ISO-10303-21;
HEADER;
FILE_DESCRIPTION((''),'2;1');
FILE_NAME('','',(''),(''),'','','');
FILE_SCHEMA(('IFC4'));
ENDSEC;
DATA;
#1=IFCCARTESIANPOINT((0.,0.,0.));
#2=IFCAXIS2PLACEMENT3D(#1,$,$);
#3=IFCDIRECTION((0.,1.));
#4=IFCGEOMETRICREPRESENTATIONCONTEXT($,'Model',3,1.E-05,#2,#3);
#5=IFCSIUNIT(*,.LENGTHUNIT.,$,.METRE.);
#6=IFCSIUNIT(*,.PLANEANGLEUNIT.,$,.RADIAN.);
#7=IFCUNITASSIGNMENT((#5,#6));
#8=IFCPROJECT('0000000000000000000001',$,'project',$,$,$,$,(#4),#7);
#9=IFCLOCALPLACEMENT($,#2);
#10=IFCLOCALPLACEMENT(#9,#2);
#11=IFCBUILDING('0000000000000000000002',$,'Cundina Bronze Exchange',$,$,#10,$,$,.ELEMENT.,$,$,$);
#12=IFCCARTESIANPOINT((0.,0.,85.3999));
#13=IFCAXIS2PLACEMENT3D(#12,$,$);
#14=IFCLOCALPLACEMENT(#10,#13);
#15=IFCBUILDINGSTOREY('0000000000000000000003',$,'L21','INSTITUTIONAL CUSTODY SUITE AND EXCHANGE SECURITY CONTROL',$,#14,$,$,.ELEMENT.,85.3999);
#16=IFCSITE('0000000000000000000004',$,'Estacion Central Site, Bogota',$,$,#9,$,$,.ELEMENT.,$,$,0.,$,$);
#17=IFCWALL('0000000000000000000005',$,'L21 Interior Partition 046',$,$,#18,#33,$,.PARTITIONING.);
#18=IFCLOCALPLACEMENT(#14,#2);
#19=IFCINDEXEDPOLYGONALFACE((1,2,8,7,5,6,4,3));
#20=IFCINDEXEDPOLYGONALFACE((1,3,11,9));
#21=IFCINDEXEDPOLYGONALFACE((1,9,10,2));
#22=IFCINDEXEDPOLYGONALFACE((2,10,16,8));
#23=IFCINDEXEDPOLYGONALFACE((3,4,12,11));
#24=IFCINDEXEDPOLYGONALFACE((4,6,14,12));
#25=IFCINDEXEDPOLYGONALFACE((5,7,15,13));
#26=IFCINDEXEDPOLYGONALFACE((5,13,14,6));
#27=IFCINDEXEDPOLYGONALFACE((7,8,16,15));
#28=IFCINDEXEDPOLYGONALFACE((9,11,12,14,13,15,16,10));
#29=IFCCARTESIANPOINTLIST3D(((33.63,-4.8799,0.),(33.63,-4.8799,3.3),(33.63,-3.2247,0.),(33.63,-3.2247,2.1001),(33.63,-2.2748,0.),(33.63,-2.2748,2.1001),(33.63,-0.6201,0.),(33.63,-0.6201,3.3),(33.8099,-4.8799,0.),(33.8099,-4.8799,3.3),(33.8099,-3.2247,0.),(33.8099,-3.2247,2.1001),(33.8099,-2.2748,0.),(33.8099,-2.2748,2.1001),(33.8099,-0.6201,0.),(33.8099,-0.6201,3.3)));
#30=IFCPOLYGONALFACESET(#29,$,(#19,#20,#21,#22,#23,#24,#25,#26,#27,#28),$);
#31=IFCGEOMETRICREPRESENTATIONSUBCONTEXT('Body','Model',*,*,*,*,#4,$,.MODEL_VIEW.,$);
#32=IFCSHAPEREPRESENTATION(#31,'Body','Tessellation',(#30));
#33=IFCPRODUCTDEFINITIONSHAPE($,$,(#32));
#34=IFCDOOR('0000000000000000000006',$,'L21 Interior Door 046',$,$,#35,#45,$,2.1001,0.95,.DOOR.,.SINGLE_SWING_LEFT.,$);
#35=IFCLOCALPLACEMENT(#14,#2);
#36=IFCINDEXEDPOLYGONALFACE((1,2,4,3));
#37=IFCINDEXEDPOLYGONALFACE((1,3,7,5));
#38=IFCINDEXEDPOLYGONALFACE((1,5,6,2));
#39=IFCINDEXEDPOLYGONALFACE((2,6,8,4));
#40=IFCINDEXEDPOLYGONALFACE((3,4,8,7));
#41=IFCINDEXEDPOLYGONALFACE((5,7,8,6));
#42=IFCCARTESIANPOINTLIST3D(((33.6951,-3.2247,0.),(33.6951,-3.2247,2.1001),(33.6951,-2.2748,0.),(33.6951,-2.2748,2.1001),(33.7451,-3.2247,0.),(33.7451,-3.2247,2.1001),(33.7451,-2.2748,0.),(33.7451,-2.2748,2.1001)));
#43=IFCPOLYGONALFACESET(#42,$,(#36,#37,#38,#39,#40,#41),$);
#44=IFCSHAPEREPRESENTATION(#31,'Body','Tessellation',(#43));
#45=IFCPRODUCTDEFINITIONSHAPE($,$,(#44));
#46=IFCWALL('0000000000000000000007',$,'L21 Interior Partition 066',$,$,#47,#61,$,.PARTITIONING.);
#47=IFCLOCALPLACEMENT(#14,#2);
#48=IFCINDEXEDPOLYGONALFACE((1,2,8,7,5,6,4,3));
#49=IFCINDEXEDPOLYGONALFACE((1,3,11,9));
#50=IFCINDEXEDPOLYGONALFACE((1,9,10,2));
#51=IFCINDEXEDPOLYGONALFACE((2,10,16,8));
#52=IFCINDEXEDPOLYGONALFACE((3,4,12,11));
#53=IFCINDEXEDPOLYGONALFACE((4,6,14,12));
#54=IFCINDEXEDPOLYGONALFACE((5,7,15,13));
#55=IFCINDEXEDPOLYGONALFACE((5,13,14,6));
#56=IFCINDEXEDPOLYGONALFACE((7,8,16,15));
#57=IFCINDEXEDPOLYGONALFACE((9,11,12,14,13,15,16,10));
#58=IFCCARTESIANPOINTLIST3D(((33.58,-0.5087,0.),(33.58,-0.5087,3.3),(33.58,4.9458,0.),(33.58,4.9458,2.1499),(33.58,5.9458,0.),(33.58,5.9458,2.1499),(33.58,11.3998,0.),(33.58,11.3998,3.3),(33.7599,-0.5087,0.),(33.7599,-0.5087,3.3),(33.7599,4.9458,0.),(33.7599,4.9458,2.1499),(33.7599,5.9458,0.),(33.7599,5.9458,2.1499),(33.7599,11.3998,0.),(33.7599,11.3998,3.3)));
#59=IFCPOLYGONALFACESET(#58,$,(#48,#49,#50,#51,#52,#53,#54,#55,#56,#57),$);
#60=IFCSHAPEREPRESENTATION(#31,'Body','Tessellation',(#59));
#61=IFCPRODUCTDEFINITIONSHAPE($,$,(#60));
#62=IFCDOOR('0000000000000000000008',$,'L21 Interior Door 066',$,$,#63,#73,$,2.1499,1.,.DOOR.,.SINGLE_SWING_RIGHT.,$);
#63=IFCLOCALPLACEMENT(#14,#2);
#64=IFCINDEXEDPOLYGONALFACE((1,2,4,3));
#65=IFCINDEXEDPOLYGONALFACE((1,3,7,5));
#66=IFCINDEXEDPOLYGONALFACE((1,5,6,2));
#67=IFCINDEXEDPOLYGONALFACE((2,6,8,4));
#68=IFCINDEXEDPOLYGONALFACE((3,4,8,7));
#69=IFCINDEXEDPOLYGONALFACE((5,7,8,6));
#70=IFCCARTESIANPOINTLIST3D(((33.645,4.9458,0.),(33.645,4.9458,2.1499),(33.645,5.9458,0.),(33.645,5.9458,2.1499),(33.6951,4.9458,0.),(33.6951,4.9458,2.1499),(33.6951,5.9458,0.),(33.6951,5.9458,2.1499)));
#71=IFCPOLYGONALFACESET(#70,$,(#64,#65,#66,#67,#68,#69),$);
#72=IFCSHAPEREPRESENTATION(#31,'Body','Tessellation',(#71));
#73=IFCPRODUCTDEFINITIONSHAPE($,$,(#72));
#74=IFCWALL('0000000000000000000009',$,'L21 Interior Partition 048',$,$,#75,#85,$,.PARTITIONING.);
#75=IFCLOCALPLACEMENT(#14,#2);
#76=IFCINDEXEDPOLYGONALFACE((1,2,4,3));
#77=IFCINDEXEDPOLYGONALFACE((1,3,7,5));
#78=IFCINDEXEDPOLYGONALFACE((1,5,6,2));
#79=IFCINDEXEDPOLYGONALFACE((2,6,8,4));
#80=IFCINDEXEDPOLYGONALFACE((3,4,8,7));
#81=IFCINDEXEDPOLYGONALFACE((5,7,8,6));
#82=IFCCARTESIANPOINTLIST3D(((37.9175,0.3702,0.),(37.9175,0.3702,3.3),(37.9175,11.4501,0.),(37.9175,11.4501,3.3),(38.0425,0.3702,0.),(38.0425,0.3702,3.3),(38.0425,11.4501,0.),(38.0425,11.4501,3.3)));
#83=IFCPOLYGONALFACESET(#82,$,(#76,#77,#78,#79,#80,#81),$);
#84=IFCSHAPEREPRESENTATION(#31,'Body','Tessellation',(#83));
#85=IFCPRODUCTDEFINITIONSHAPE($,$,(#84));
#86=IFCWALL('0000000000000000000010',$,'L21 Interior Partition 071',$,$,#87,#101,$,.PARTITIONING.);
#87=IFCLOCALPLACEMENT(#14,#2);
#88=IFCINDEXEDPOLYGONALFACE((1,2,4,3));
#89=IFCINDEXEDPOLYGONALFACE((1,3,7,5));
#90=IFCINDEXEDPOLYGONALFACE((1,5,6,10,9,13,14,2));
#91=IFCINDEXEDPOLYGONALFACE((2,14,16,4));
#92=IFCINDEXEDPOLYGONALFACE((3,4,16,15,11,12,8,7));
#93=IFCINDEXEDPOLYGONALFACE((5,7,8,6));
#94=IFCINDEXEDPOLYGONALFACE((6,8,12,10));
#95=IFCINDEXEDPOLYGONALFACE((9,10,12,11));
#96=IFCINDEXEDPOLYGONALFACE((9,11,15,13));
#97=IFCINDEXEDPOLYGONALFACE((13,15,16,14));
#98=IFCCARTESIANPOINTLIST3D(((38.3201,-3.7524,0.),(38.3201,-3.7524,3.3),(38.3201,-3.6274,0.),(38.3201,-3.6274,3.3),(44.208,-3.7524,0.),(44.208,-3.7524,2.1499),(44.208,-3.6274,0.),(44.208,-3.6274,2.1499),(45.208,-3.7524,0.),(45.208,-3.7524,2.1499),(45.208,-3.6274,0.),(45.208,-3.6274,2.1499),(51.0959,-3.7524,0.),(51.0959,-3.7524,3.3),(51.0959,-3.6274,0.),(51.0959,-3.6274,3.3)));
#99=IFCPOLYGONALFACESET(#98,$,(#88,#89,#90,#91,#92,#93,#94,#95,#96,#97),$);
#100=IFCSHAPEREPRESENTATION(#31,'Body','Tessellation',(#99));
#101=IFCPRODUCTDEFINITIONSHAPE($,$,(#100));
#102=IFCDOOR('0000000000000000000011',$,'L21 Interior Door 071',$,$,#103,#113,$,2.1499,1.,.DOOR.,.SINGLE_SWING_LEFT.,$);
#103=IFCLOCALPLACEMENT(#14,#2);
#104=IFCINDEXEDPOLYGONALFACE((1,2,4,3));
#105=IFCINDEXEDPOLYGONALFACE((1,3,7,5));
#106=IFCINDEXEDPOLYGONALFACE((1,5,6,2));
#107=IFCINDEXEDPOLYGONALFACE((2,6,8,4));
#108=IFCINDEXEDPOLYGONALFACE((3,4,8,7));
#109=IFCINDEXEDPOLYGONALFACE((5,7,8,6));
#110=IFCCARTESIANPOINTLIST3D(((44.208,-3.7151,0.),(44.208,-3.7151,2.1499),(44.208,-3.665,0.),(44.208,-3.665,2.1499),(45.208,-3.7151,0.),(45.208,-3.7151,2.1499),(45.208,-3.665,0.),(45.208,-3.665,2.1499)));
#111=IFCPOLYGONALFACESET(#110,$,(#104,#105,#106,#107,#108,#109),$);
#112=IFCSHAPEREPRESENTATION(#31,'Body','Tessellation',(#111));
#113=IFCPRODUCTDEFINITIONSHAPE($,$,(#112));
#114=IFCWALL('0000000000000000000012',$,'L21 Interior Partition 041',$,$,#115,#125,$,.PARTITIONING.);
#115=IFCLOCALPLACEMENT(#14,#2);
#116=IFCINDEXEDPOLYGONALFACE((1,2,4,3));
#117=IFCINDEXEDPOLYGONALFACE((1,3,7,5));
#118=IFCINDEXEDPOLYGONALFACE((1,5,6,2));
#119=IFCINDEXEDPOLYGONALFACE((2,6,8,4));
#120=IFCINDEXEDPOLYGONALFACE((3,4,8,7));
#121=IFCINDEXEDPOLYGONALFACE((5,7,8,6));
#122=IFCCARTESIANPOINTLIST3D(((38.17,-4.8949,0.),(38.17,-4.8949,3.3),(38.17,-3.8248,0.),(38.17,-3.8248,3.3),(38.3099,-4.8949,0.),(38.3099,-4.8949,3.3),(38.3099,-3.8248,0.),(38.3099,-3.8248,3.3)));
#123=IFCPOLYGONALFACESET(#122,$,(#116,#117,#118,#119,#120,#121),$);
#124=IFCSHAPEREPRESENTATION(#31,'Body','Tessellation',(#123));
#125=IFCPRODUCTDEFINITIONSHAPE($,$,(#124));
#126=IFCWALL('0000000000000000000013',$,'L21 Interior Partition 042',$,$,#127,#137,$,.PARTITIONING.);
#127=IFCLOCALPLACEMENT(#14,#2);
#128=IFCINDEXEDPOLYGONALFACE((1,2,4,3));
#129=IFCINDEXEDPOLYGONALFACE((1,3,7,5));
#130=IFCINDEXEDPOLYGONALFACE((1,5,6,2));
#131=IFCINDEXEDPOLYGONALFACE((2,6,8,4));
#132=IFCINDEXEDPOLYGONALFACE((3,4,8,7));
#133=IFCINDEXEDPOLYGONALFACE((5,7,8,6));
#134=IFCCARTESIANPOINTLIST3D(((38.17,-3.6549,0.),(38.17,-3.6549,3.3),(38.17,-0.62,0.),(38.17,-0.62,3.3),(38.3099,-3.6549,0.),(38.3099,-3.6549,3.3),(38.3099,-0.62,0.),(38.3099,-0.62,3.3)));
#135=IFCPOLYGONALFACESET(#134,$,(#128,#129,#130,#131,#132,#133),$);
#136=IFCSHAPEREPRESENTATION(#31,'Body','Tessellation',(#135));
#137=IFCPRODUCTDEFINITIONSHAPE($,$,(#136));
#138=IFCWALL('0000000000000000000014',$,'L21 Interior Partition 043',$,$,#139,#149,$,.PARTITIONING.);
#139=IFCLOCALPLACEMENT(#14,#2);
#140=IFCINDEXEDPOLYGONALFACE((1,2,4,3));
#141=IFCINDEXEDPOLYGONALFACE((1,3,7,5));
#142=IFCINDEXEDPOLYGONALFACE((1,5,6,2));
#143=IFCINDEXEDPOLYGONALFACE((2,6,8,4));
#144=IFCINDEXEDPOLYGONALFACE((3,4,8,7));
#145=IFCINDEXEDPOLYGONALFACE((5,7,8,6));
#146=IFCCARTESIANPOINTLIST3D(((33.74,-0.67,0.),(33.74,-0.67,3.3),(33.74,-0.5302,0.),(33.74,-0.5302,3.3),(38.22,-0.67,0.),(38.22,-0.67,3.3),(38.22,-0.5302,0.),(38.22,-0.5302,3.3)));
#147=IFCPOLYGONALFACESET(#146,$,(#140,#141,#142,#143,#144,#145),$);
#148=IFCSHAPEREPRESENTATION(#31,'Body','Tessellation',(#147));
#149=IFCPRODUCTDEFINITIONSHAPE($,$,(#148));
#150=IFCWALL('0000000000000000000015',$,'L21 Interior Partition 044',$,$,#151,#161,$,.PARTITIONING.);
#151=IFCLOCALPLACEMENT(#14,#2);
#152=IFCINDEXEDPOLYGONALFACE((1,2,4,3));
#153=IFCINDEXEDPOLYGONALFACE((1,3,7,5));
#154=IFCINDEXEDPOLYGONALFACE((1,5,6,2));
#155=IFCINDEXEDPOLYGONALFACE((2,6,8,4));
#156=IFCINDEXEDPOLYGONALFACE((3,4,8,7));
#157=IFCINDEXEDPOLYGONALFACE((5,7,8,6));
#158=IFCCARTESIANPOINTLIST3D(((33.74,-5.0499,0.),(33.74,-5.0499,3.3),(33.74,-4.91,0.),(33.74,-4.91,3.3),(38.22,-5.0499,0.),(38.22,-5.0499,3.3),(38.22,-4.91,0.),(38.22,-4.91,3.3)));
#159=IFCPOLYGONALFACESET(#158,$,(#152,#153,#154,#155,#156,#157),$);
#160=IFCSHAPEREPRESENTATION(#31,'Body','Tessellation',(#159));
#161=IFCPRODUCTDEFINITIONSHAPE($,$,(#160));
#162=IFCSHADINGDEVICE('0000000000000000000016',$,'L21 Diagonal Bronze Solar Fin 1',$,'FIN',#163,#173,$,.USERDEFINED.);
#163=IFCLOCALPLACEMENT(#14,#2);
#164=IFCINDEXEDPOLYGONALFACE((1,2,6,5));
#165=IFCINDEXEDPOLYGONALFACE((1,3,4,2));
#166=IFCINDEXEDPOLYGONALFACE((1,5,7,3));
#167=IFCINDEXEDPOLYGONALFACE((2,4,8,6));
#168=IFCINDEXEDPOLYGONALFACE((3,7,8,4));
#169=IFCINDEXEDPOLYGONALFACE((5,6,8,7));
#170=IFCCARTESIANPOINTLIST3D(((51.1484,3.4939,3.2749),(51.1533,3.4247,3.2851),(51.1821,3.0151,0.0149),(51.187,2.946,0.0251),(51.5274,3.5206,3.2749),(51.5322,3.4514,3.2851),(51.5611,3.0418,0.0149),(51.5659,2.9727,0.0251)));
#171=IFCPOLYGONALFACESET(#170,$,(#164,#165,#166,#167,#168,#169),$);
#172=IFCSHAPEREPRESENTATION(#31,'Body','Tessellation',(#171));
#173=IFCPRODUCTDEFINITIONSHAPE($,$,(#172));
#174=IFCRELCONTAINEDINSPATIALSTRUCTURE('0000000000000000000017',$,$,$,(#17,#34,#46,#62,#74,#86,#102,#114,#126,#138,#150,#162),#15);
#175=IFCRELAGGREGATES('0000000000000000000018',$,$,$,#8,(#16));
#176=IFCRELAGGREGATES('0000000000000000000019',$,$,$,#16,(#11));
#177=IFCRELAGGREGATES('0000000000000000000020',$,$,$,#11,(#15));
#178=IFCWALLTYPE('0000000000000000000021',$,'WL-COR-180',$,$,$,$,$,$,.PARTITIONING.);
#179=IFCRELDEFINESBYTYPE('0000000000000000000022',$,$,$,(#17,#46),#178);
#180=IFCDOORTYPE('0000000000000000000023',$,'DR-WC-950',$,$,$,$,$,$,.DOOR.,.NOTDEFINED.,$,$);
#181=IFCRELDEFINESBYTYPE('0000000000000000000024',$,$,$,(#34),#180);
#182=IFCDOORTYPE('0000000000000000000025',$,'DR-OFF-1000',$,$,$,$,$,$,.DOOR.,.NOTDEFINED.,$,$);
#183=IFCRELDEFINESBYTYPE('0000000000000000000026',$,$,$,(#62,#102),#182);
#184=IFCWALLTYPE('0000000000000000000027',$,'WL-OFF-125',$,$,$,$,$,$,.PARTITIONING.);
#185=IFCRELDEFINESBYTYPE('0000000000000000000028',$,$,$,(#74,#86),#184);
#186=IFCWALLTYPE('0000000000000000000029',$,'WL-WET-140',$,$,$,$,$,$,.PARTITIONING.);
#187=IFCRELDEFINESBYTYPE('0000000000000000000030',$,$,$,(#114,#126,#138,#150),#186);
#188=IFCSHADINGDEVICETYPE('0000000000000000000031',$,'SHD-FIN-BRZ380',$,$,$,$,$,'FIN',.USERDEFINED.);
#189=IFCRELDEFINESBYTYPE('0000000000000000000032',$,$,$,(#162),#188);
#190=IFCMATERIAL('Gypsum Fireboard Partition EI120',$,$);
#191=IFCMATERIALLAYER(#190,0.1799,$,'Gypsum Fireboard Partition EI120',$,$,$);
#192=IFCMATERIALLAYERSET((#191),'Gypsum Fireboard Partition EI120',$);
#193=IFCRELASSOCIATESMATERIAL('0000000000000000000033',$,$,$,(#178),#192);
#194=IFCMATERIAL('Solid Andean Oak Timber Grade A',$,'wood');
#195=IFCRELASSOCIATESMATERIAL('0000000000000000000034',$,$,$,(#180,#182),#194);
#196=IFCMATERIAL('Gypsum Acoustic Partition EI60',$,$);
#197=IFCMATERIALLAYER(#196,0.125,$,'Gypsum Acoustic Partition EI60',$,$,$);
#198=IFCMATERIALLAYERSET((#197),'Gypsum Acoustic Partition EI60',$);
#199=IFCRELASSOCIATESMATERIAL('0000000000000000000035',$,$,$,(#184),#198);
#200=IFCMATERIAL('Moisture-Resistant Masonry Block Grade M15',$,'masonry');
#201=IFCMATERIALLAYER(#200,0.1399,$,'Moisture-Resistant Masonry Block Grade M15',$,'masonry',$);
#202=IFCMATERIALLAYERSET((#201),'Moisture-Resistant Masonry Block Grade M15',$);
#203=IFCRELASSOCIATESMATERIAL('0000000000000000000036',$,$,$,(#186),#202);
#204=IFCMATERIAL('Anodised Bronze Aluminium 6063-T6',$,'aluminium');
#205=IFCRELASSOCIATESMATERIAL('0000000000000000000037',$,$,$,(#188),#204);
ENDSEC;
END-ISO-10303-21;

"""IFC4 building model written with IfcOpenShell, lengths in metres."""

from ifc_helpers import new_model, si_unit, direction, frame, frame_2d, origin, origin_2d, place, context, subcontext, project, spatial, rectangle, extrude, material, layer, layer_set, material_profile, profile_set, type_object, element, fill, save


model = new_model("IFC4")

# Units and contexts
model_context = context("Model", 3, precision=1e-05, world=origin(), true_north=direction((0.0, 1.0)))
body_context = subcontext(model_context, "Body", "Model", "MODEL_VIEW")
ifc_project = project(units=[si_unit("LENGTHUNIT", "METRE"), si_unit("PLANEANGLEUNIT", "RADIAN")], contexts=[model_context])

# Site, building, storey
site_placement = place(None, origin())
site = spatial("IfcSite", under=ifc_project, at=site_placement, Name="Estacion Central Site, Bogota", CompositionType="ELEMENT", RefElevation=0.0)
building_placement = place(site_placement, origin())
building = spatial("IfcBuilding", under=site, at=building_placement, Name="Cundina Bronze Exchange", CompositionType="ELEMENT")
storey_placement = place(building_placement, frame((0.0, 0.0, 85.3999)))
storey = spatial("IfcBuildingStorey", under=building, at=storey_placement, Name="L21", Description="INSTITUTIONAL CUSTODY SUITE AND EXCHANGE SECURITY CONTROL", CompositionType="ELEMENT", Elevation=85.3999)

# Shared definitions
ifc_material_1 = material(Name="Anodised Bronze Aluminium 6063-T6", Category="aluminium")

# Walls, openings, doors
ifc_material_2 = material(Name="Gypsum Fireboard Partition EI120")
ifc_layer_1 = layer(ifc_material_2, 0.1799, Name="Gypsum Fireboard Partition EI120")
ifc_layer_set_1 = layer_set([ifc_layer_1], Name="Gypsum Fireboard Partition EI120")
wall_type_1 = type_object("IfcWallType", Name="WL-COR-180", PredefinedType="PARTITIONING", material=ifc_layer_set_1)
wall_1_placement = place(storey_placement, frame((33.72, -4.8799, 0.0), z_axis=(0.0, 0.0, 1.0), x_axis=(0.0, 1.0, 0.0)))
wall_1 = element("IfcWall", 1, at=wall_1_placement, inside=storey, type_object=wall_type_1, Name="L21 Interior Partition 046", PredefinedType="PARTITIONING", context=body_context, shape_type="SweptSolid", body=[
    extrude(rectangle(XDim=4.2598, YDim=0.1799, at=frame_2d((2.1299, 0.0))), origin(), (0.0, 0.0, 1.0), 3.3),
])
opening_1_placement = place(wall_1_placement, frame((1.655, 0.0, 0.0)))
opening_1 = element("IfcOpeningElement", 2, at=opening_1_placement, cuts=wall_1, PredefinedType="OPENING", context=body_context, shape_type="SweptSolid", body=[
    extrude(rectangle(XDim=0.95, YDim=2.1001, at=frame_2d((0.4751, 1.05))), frame((0.0, 0.0999, 0.0), z_axis=(0.0, -1.0, 0.0), x_axis=(1.0, 0.0, 0.0)), (0.0, 0.0, 1.0), 0.2),
])
ifc_material_3 = material(Name="Solid Andean Oak Timber Grade A", Category="wood")
door_type_1 = type_object("IfcDoorType", Name="DR-WC-950", OperationType="NOTDEFINED", PredefinedType="DOOR", material=ifc_material_3)
door_1_placement = place(opening_1_placement, origin())
door_1 = element("IfcDoor", 3, at=door_1_placement, inside=storey, type_object=door_type_1, Name="L21 Interior Door 046", OperationType="SINGLE_SWING_LEFT", OverallHeight=2.1001, OverallWidth=0.95, PredefinedType="DOOR", context=body_context, shape_type="SweptSolid", body=[
    extrude(rectangle(XDim=0.95, YDim=2.1001, at=frame_2d((0.4751, 1.05))), frame((0.0, 0.0249, 0.0), z_axis=(0.0, -1.0, 0.0), x_axis=(1.0, 0.0, 0.0)), (0.0, 0.0, 1.0), 0.05),
])
fill(opening_1, door_1)
wall_2_placement = place(storey_placement, frame((33.6699, -0.5085, 0.0), z_axis=(0.0, 0.0, 1.0), x_axis=(0.0, 1.0, 0.0)))
wall_2 = element("IfcWall", 4, at=wall_2_placement, inside=storey, type_object=wall_type_1, Name="L21 Interior Partition 066", PredefinedType="PARTITIONING", context=body_context, shape_type="SweptSolid", body=[
    extrude(rectangle(XDim=11.9084, YDim=0.1799, at=frame_2d((5.9541, 0.0))), origin(), (0.0, 0.0, 1.0), 3.3),
])
opening_2_placement = place(wall_2_placement, frame((5.4543, 0.0, 0.0)))
opening_2 = element("IfcOpeningElement", 5, at=opening_2_placement, cuts=wall_2, PredefinedType="OPENING", context=body_context, shape_type="SweptSolid", body=[
    extrude(rectangle(XDim=1.0, YDim=2.1499, at=frame_2d((0.5, 1.075))), frame((0.0, 0.0999, 0.0), z_axis=(0.0, -1.0, 0.0), x_axis=(1.0, 0.0, 0.0)), (0.0, 0.0, 1.0), 0.2),
])
door_type_2 = type_object("IfcDoorType", Name="DR-OFF-1000", OperationType="NOTDEFINED", PredefinedType="DOOR", material=ifc_material_3)
door_2_placement = place(opening_2_placement, origin())
door_2 = element("IfcDoor", 6, at=door_2_placement, inside=storey, type_object=door_type_2, Name="L21 Interior Door 066", OperationType="SINGLE_SWING_RIGHT", OverallHeight=2.1499, OverallWidth=1.0, PredefinedType="DOOR", context=body_context, shape_type="SweptSolid", body=[
    extrude(rectangle(XDim=1.0, YDim=2.1499, at=frame_2d((0.5, 1.075))), frame((0.0, 0.0249, 0.0), z_axis=(0.0, -1.0, 0.0), x_axis=(1.0, 0.0, 0.0)), (0.0, 0.0, 1.0), 0.05),
])
fill(opening_2, door_2)

# Wall
ifc_material_4 = material(Name="Gypsum Acoustic Partition EI60")
ifc_layer_2 = layer(ifc_material_4, 0.125, Name="Gypsum Acoustic Partition EI60")
ifc_layer_set_2 = layer_set([ifc_layer_2], Name="Gypsum Acoustic Partition EI60")
wall_type_2 = type_object("IfcWallType", Name="WL-OFF-125", PredefinedType="PARTITIONING", material=ifc_layer_set_2)
wall_3_placement = place(storey_placement, frame((37.98, 0.3701, 0.0), z_axis=(0.0, 0.0, 1.0), x_axis=(0.0, 1.0, 0.0)))
element("IfcWall", 7, at=wall_3_placement, inside=storey, type_object=wall_type_2, Name="L21 Interior Partition 048", PredefinedType="PARTITIONING", context=body_context, shape_type="SweptSolid", body=[
    extrude(rectangle(XDim=11.0798, YDim=0.125, at=frame_2d((5.54, 0.0))), origin(), (0.0, 0.0, 1.0), 3.3),
])

# Wall, opening, door
wall_4_placement = place(storey_placement, frame((38.3201, -3.6899, 0.0), z_axis=(0.0, 0.0, 1.0), x_axis=(1.0, 0.0, 0.0)))
wall_4 = element("IfcWall", 8, at=wall_4_placement, inside=storey, type_object=wall_type_2, Name="L21 Interior Partition 071", PredefinedType="PARTITIONING", context=body_context, shape_type="SweptSolid", body=[
    extrude(rectangle(XDim=12.7759, YDim=0.125, at=frame_2d((6.3879, 0.0))), origin(), (0.0, 0.0, 1.0), 3.3),
])
opening_3_placement = place(wall_4_placement, frame((5.8879, 0.0, 0.0)))
opening_3 = element("IfcOpeningElement", 9, at=opening_3_placement, cuts=wall_4, PredefinedType="OPENING", context=body_context, shape_type="SweptSolid", body=[
    extrude(rectangle(XDim=1.0, YDim=2.1499, at=frame_2d((0.5, 1.075))), frame((0.0, 0.0725, 0.0), z_axis=(0.0, -1.0, 0.0), x_axis=(1.0, 0.0, 0.0)), (0.0, 0.0, 1.0), 0.145),
])
door_3_placement = place(opening_3_placement, origin())
door_3 = element("IfcDoor", 10, at=door_3_placement, inside=storey, type_object=door_type_2, Name="L21 Interior Door 071", OperationType="SINGLE_SWING_LEFT", OverallHeight=2.1499, OverallWidth=1.0, PredefinedType="DOOR", context=body_context, shape_type="SweptSolid", body=[
    extrude(rectangle(XDim=1.0, YDim=2.1499, at=frame_2d((0.5, 1.075))), frame((0.0, 0.0249, 0.0), z_axis=(0.0, -1.0, 0.0), x_axis=(1.0, 0.0, 0.0)), (0.0, 0.0, 1.0), 0.05),
])
fill(opening_3, door_3)

# Walls
ifc_material_5 = material(Name="Moisture-Resistant Masonry Block Grade M15", Category="masonry")
ifc_layer_3 = layer(ifc_material_5, 0.1399, Name="Moisture-Resistant Masonry Block Grade M15", Category="masonry")
ifc_layer_set_3 = layer_set([ifc_layer_3], Name="Moisture-Resistant Masonry Block Grade M15")
wall_type_3 = type_object("IfcWallType", Name="WL-WET-140", PredefinedType="PARTITIONING", material=ifc_layer_set_3)
wall_5_placement = place(storey_placement, frame((38.24, -4.895, 0.0), z_axis=(0.0, 0.0, 1.0), x_axis=(0.0, 1.0, 0.0)))
element("IfcWall", 11, at=wall_5_placement, inside=storey, type_object=wall_type_3, Name="L21 Interior Partition 041", PredefinedType="PARTITIONING", context=body_context, shape_type="SweptSolid", body=[
    extrude(rectangle(XDim=1.0701, YDim=0.1399, at=frame_2d((0.5352, 0.0))), origin(), (0.0, 0.0, 1.0), 3.3),
])
wall_6_placement = place(storey_placement, frame((38.24, -3.655, 0.0), z_axis=(0.0, 0.0, 1.0), x_axis=(0.0, 1.0, 0.0)))
element("IfcWall", 12, at=wall_6_placement, inside=storey, type_object=wall_type_3, Name="L21 Interior Partition 042", PredefinedType="PARTITIONING", context=body_context, shape_type="SweptSolid", body=[
    extrude(rectangle(XDim=3.0349, YDim=0.1399, at=frame_2d((1.5176, 0.0))), origin(), (0.0, 0.0, 1.0), 3.3),
])
for number, where, z_axis, x_axis, name in (
    (13, (33.74, -0.6001, 0.0), (0.0, 0.0, 1.0), (1.0, 0.0, 0.0), "L21 Interior Partition 043"),
    (14, (33.74, -4.98, 0.0), (0.0, 0.0, 1.0), (1.0, 0.0, 0.0), "L21 Interior Partition 044"),
):
    element("IfcWall", number, at=place(storey_placement, frame(where, z_axis=z_axis, x_axis=x_axis)), inside=storey, type_object=wall_type_3, Name=name, PredefinedType="PARTITIONING", context=body_context, shape_type="SweptSolid", body=[
        extrude(rectangle(XDim=4.48, YDim=0.1399, at=frame_2d((2.24, 0.0))), origin(), (0.0, 0.0, 1.0), 3.3),
    ])

# Shading device
ifc_material_profile_1 = material_profile(ifc_material_1, rectangle(XDim=0.0701, YDim=0.3799, at=origin_2d()), Name="FIN70X380", Category="aluminium")
ifc_profile_set_1 = profile_set([ifc_material_profile_1], Name="Anodised Bronze Aluminium 6063-T6")
shading_device_type = type_object("IfcShadingDeviceType", Name="SHD-FIN-BRZ380", ElementType="FIN", PredefinedType="USERDEFINED", material=ifc_profile_set_1)
shading_device_placement = place(storey_placement, frame((51.374, 2.9939, 0.02), z_axis=(-0.010225, 0.145292, 0.989336), x_axis=(0.06945, -0.986895, 0.145652)))
element("IfcShadingDevice", 15, at=shading_device_placement, inside=storey, type_object=shading_device_type, Name="L21 Diagonal Bronze Solar Fin 1", ObjectType="FIN", PredefinedType="USERDEFINED", context=body_context, shape_type="SweptSolid", body=[
    extrude(rectangle(XDim=0.0701, YDim=0.3799, at=origin_2d()), origin(), (0.0, 0.0, 1.0), 3.2952),
])

save(model, "model.ifc")
